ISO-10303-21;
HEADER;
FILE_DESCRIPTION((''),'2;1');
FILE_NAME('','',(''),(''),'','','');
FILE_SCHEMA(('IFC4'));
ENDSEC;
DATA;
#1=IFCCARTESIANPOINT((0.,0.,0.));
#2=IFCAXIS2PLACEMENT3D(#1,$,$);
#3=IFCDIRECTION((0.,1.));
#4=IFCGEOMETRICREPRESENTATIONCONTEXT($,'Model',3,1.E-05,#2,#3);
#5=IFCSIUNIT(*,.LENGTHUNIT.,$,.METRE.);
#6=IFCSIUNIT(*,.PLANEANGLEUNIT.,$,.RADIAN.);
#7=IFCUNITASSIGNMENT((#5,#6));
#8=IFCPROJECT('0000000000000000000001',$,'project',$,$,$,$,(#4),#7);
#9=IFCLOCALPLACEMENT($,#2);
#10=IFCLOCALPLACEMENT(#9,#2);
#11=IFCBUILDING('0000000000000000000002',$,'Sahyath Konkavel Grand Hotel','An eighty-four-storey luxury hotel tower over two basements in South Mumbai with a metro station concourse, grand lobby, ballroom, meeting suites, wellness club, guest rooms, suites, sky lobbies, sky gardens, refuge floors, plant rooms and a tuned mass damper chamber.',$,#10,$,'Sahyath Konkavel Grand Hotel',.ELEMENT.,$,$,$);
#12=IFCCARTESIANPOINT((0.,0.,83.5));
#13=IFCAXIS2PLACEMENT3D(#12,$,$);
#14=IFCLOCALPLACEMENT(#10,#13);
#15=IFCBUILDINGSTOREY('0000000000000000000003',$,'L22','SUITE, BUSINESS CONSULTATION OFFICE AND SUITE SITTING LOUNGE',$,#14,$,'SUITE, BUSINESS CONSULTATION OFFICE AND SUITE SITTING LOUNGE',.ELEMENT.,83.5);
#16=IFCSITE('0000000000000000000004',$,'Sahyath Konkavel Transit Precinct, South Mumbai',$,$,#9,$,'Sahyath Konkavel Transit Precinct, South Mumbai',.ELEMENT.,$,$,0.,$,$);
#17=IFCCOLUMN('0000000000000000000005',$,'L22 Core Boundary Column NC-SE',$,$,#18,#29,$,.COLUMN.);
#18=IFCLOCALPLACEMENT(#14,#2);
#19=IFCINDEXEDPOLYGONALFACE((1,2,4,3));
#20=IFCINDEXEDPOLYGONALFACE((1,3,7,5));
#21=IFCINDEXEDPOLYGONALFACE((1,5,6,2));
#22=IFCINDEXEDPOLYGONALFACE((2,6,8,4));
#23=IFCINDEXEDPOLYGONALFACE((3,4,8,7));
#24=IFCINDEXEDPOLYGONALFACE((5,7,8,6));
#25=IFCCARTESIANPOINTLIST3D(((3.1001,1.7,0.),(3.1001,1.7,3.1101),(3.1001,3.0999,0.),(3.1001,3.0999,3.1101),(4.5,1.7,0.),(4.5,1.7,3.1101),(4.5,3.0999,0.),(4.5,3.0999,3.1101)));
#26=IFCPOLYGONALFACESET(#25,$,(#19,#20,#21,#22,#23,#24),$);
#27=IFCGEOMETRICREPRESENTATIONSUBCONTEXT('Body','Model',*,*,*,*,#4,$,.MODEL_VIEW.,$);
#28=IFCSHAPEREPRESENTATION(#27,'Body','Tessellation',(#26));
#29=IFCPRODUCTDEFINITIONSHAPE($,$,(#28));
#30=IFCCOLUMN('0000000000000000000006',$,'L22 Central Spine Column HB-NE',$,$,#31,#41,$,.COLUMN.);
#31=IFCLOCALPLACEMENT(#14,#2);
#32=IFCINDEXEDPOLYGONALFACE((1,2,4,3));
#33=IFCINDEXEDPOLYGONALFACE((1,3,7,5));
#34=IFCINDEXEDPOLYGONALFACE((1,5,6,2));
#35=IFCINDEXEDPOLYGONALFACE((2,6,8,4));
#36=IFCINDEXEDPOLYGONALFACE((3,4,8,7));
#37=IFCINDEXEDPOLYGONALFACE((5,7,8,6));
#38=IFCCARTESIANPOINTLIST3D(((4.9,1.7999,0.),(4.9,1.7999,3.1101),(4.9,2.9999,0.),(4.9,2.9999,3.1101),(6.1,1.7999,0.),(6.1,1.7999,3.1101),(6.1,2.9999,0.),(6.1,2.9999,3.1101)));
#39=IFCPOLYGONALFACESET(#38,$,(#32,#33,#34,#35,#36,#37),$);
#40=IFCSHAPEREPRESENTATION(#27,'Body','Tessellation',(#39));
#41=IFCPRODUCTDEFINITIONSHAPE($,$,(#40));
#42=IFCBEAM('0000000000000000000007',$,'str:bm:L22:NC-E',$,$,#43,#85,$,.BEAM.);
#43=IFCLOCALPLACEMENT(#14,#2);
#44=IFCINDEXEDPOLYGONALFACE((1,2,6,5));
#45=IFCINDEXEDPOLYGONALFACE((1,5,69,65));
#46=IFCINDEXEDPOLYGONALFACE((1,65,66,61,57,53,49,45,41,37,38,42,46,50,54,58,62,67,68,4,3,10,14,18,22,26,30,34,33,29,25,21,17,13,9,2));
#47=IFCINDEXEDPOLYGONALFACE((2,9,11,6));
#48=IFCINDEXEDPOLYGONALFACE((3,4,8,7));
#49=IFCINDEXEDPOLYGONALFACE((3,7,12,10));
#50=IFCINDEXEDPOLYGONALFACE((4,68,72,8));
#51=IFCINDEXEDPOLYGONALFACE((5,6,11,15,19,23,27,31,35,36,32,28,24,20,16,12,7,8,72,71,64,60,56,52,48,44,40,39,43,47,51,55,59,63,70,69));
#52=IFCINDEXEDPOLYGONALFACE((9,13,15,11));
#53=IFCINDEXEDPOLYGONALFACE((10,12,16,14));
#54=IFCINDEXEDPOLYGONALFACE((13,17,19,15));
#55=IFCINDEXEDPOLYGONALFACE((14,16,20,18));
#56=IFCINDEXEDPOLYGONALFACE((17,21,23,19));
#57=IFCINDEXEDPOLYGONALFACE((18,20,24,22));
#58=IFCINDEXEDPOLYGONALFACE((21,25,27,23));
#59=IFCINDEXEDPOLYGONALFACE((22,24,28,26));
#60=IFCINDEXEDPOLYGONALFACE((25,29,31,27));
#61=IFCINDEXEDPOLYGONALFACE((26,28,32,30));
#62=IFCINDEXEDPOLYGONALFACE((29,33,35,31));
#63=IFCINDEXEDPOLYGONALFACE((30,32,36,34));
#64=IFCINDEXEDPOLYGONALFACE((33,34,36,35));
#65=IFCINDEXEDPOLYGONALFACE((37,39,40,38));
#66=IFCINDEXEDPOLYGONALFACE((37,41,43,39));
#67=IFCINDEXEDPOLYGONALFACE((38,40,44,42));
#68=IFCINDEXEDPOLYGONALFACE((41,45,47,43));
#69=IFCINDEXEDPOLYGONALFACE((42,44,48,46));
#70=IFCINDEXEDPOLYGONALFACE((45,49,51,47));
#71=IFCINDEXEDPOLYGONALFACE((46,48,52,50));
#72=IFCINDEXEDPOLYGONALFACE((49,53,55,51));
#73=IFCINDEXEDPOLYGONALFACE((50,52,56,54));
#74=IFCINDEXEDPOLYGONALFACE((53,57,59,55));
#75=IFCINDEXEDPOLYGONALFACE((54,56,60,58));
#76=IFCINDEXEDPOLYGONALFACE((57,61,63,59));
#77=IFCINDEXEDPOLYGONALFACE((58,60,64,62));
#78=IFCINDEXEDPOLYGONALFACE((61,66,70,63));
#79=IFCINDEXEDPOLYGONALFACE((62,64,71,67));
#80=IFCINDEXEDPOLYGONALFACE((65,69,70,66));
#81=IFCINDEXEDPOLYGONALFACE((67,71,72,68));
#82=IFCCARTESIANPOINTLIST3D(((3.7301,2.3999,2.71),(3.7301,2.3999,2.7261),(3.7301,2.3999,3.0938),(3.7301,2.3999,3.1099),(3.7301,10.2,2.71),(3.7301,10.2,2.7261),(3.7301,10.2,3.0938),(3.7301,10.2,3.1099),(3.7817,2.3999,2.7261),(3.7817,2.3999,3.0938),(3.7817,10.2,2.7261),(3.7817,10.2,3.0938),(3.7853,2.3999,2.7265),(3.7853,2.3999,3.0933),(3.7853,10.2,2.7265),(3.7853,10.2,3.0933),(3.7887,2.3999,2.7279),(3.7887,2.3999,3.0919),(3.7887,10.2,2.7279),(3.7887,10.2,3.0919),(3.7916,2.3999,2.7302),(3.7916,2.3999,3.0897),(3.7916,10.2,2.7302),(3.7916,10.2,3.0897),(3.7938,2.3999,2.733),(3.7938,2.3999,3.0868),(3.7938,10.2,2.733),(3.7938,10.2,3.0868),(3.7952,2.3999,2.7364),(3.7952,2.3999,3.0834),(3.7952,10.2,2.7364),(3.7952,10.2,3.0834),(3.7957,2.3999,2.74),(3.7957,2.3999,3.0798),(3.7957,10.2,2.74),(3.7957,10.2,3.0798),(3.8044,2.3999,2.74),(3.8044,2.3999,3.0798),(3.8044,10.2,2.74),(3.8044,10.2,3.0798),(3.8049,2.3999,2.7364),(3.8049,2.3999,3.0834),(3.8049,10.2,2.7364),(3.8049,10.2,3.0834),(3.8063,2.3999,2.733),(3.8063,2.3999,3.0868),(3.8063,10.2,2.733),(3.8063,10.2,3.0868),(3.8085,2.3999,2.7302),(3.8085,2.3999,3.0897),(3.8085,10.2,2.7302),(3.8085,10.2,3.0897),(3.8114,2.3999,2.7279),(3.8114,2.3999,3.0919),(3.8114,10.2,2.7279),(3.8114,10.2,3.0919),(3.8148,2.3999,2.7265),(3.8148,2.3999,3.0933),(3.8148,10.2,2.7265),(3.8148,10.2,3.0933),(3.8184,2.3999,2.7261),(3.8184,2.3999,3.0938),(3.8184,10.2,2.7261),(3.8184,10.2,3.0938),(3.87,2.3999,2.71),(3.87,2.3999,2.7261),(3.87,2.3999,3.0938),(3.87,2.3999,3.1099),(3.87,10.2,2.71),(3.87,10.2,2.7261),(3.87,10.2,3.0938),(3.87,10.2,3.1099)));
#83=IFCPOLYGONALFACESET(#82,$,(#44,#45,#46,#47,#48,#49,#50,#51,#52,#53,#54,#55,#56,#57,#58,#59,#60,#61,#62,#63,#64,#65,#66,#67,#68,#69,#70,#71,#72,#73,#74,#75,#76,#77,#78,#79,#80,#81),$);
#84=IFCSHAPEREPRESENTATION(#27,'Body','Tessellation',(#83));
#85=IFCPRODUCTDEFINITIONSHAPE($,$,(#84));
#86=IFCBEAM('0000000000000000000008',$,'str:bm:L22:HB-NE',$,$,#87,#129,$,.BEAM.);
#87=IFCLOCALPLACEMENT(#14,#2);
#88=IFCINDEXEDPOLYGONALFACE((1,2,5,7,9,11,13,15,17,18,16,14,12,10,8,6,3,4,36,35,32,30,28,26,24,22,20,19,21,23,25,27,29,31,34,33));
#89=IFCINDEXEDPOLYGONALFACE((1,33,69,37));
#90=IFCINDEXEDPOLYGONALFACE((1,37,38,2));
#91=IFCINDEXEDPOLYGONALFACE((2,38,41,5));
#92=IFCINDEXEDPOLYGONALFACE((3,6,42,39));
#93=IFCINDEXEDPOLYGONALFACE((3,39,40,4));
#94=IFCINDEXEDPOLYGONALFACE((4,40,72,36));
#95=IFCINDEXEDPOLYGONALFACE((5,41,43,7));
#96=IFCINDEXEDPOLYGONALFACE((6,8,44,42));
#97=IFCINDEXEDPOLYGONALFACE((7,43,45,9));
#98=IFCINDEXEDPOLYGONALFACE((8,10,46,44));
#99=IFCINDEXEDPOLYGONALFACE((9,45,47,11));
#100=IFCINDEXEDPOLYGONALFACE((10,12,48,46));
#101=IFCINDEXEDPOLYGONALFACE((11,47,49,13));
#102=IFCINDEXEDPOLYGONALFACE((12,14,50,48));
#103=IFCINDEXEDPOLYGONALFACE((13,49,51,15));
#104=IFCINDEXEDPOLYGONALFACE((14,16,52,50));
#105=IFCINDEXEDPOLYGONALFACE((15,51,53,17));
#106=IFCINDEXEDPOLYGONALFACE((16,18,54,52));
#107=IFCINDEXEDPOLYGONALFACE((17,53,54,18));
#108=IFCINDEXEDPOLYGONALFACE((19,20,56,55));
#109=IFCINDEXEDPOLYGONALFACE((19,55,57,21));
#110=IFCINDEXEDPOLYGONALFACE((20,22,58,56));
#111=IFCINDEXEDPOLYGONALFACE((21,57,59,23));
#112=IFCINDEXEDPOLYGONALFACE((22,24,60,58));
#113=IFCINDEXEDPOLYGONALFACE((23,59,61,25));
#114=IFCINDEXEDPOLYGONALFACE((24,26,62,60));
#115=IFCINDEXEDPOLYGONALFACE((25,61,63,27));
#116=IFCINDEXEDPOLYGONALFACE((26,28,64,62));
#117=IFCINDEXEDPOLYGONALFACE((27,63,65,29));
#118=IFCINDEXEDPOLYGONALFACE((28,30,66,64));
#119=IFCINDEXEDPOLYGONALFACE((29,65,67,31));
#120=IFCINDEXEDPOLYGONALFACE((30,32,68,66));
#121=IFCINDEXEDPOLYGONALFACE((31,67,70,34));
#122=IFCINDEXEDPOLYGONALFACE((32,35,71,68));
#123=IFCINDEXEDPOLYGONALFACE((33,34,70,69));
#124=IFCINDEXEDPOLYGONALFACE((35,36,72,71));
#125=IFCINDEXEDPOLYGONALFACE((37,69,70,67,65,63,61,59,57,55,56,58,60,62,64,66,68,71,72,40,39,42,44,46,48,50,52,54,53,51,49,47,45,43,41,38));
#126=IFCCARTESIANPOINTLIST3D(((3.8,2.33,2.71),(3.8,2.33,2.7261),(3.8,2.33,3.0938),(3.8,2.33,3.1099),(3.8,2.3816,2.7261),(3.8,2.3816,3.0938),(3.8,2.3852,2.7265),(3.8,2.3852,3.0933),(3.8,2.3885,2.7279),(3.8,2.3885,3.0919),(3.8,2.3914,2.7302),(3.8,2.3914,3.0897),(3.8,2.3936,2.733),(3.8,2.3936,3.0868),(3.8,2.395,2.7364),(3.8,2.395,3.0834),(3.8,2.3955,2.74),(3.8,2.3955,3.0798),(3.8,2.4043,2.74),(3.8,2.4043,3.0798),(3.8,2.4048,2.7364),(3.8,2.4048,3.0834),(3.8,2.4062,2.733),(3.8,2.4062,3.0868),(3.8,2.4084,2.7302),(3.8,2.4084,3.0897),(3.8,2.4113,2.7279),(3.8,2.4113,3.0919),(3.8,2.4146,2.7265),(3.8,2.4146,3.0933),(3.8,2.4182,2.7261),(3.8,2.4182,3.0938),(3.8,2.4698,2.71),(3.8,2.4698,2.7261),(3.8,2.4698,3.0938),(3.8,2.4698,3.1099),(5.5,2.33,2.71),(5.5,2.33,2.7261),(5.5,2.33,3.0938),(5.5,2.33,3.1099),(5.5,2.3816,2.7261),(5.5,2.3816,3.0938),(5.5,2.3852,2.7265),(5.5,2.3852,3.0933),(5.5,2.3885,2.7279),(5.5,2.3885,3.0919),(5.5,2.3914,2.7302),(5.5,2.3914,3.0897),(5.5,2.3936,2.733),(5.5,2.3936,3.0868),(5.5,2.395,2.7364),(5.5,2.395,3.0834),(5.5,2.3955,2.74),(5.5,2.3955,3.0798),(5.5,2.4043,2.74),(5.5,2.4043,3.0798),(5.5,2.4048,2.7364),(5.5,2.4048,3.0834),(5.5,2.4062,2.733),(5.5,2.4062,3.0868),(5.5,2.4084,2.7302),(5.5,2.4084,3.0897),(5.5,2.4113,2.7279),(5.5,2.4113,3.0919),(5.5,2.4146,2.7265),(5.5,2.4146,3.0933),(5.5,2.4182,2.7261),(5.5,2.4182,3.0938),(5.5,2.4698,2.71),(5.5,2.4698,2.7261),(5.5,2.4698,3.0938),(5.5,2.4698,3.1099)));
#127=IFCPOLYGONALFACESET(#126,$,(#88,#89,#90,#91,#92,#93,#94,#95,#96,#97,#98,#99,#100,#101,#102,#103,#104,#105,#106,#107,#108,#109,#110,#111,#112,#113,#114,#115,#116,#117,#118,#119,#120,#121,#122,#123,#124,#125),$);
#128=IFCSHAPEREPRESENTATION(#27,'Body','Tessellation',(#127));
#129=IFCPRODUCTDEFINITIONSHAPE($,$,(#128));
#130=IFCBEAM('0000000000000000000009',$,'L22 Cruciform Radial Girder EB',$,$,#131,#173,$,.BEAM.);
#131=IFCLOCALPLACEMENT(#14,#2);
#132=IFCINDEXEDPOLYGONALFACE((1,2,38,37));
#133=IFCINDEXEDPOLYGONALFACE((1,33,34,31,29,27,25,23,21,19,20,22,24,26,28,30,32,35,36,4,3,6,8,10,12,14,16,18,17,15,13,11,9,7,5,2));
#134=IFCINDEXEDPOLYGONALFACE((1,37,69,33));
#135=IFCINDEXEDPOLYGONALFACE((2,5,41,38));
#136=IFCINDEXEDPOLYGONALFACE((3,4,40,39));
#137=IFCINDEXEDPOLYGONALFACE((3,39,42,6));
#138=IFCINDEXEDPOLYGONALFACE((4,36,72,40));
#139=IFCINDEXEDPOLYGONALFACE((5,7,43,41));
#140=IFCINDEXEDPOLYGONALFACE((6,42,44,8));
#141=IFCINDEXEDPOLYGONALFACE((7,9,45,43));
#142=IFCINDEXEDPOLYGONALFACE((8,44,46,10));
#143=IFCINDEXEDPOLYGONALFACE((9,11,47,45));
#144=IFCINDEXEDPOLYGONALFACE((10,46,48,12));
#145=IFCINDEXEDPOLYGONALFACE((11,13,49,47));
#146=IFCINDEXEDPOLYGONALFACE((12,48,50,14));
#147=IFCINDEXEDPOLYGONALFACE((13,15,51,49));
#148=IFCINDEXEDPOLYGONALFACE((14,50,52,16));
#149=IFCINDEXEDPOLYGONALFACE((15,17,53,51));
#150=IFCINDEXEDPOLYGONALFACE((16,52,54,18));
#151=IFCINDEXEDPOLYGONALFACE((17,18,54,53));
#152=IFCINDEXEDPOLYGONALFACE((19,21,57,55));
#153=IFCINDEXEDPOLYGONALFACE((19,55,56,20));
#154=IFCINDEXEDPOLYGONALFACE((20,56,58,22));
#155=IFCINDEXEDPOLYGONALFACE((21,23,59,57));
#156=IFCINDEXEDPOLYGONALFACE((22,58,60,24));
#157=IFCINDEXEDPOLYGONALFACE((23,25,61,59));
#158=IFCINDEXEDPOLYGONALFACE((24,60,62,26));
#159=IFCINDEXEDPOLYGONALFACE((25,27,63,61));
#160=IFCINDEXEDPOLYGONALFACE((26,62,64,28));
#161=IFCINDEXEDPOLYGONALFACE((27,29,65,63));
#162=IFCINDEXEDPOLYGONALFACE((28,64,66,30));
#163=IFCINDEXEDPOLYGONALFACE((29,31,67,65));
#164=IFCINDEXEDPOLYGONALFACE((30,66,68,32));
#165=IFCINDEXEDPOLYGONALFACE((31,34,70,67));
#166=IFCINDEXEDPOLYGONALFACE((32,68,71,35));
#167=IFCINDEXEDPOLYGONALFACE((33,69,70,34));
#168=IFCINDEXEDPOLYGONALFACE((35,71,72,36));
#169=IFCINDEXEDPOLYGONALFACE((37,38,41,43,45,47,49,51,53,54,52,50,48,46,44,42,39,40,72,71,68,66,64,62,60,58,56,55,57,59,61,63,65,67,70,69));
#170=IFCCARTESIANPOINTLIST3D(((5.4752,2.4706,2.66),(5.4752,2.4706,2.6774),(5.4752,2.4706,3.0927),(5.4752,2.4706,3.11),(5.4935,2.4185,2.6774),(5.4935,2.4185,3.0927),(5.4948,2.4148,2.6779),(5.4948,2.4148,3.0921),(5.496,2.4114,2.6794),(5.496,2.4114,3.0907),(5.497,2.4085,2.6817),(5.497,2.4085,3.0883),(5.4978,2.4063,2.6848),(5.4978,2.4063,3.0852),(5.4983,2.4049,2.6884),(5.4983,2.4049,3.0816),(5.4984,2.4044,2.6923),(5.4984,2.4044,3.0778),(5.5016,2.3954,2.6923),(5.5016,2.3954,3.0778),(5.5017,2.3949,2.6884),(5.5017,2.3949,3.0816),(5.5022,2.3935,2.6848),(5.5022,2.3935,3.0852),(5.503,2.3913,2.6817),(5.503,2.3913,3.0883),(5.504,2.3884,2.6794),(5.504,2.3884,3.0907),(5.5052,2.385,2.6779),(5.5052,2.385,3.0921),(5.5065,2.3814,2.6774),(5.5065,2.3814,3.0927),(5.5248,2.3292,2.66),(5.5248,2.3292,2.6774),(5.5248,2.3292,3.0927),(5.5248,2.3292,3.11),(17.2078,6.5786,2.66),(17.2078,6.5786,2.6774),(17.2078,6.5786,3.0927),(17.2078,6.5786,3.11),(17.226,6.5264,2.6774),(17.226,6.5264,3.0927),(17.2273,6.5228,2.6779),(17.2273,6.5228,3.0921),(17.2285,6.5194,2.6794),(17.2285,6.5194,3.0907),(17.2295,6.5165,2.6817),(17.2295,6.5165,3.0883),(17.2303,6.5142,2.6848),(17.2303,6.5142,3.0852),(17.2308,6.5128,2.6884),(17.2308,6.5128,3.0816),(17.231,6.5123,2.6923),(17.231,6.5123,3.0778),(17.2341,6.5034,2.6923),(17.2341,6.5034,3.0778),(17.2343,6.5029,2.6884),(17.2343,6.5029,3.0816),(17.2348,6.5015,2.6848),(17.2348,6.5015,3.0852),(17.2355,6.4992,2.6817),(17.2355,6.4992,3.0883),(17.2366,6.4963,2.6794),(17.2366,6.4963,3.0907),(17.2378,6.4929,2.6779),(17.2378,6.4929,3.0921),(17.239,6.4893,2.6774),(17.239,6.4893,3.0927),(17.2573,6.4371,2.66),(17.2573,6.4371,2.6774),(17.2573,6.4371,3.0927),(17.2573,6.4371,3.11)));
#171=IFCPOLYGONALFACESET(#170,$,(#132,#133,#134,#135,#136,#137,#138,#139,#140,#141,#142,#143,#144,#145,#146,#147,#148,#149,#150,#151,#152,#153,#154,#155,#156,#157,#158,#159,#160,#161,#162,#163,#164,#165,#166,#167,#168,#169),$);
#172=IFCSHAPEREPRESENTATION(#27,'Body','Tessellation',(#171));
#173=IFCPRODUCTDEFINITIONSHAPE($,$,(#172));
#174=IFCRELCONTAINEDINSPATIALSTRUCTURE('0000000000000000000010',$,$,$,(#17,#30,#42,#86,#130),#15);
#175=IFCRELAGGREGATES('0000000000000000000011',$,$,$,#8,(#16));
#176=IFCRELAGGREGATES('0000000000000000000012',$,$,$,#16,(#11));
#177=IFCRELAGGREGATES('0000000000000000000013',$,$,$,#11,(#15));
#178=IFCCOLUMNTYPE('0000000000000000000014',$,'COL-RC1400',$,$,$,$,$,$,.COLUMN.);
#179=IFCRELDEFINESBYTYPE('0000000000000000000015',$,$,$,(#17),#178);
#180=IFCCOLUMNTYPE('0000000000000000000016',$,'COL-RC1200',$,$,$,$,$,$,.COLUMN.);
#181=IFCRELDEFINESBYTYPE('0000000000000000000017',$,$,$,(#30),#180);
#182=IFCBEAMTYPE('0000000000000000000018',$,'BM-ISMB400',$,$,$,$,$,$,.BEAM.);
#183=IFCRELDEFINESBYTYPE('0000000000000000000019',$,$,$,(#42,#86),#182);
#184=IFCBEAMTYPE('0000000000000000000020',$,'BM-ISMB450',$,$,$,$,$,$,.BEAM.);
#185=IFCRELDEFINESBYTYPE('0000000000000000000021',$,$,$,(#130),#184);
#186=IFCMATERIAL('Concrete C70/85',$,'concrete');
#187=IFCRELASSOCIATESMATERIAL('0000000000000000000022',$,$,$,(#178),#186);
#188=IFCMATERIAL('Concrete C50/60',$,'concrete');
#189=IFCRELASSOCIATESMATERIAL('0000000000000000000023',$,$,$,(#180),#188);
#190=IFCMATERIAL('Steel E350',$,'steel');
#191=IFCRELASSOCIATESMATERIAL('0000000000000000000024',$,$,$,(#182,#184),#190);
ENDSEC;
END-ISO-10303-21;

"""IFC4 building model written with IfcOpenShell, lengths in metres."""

from ifc_helpers import new_model, si_unit, direction, frame, origin, origin_2d, place, context, subcontext, project, spatial, rectangle, i_section, extrude, source, transform, mapped, material, material_profile, profile_set, type_object, element, save


model = new_model("IFC4")

# Units and contexts
model_context = context("Model", 3, precision=1e-05, world=origin(), true_north=direction((0.0, 1.0)))
body_context = subcontext(model_context, "Body", "Model", "MODEL_VIEW")
ifc_project = project(units=[si_unit("LENGTHUNIT", "METRE"), si_unit("PLANEANGLEUNIT", "RADIAN")], contexts=[model_context])

# Site, building, storey
site_placement = place(None, origin())
site = spatial("IfcSite", under=ifc_project, at=site_placement, Name="Sahyath Konkavel Transit Precinct, South Mumbai", LongName="Sahyath Konkavel Transit Precinct, South Mumbai", CompositionType="ELEMENT", RefElevation=0.0)
building_placement = place(site_placement, origin())
building = spatial("IfcBuilding", under=site, at=building_placement, Name="Sahyath Konkavel Grand Hotel", Description="An eighty-four-storey luxury hotel tower over two basements in South Mumbai with a metro station concourse, grand lobby, ballroom, meeting suites, wellness club, guest rooms, suites, sky lobbies, sky gardens, refuge floors, plant rooms and a tuned mass damper chamber.", LongName="Sahyath Konkavel Grand Hotel", CompositionType="ELEMENT")
storey_placement = place(building_placement, frame((0.0, 0.0, 83.5)))
storey = spatial("IfcBuildingStorey", under=building, at=storey_placement, Name="L22", Description="SUITE, BUSINESS CONSULTATION OFFICE AND SUITE SITTING LOUNGE", LongName="SUITE, BUSINESS CONSULTATION OFFICE AND SUITE SITTING LOUNGE", CompositionType="ELEMENT", Elevation=83.5)

# Columns
ifc_material_1 = material(Name="Concrete C70/85", Category="concrete")
ifc_material_profile_1 = material_profile(ifc_material_1, rectangle(XDim=1.3999, YDim=1.3999, at=origin_2d()), Name="RC 1400x1400")
ifc_profile_set_1 = profile_set([ifc_material_profile_1], Name="Concrete C70/85")
column_type_1 = type_object("IfcColumnType", Name="COL-RC1400", PredefinedType="COLUMN", material=ifc_profile_set_1)
shared_shape_1 = source(origin(), body_context, "Body", "SweptSolid", [
    extrude(rectangle(XDim=1.3999, YDim=1.3999, at=origin_2d()), origin(), (0.0, 0.0, 1.0), 3.1101),
])
column_1_placement = place(storey_placement, frame((3.8, 2.3999, 0.0), z_axis=(0.0, 0.0, 1.0), x_axis=(1.0, 0.0, 0.0)))
element("IfcColumn", 1, at=column_1_placement, inside=storey, type_object=column_type_1, Name="L22 Core Boundary Column NC-SE", PredefinedType="COLUMN", context=body_context, shape_type="MappedRepresentation", body=[
    mapped(shared_shape_1, transform((0.0, 0.0, 0.0), scale=1.0)),
])
ifc_material_2 = material(Name="Concrete C50/60", Category="concrete")
ifc_material_profile_2 = material_profile(ifc_material_2, rectangle(XDim=1.2, YDim=1.2, at=origin_2d()), Name="RC 1200x1200")
ifc_profile_set_2 = profile_set([ifc_material_profile_2], Name="Concrete C50/60")
column_type_2 = type_object("IfcColumnType", Name="COL-RC1200", PredefinedType="COLUMN", material=ifc_profile_set_2)
shared_shape_2 = source(origin(), body_context, "Body", "SweptSolid", [
    extrude(rectangle(XDim=1.2, YDim=1.2, at=origin_2d()), origin(), (0.0, 0.0, 1.0), 3.1101),
])
column_2_placement = place(storey_placement, frame((5.5, 2.3999, 0.0), z_axis=(0.0, 0.0, 1.0), x_axis=(1.0, 0.0, 0.0)))
element("IfcColumn", 2, at=column_2_placement, inside=storey, type_object=column_type_2, Name="L22 Central Spine Column HB-NE", PredefinedType="COLUMN", context=body_context, shape_type="MappedRepresentation", body=[
    mapped(shared_shape_2, transform((0.0, 0.0, 0.0), scale=1.0)),
])

# Beams
ifc_material_3 = material(Name="Steel E350", Category="steel")
ifc_material_profile_3 = material_profile(ifc_material_3, i_section(OverallWidth=0.1399, OverallDepth=0.3999, WebThickness=0.0088, FlangeThickness=0.0161, FilletRadius=0.0139, at=origin_2d()), Name="ISMB 400")
ifc_profile_set_3 = profile_set([ifc_material_profile_3], Name="Steel E350")
beam_type_1 = type_object("IfcBeamType", Name="BM-ISMB400", PredefinedType="BEAM", material=ifc_profile_set_3)
shared_shape_3 = source(origin(), body_context, "Body", "SweptSolid", [
    extrude(i_section(OverallWidth=0.1399, OverallDepth=0.3999, WebThickness=0.0088, FlangeThickness=0.0161, FilletRadius=0.0139, at=origin_2d()), origin(), (0.0, 0.0, 1.0), 7.8),
])
beam_1_placement = place(storey_placement, frame((3.8, 2.3999, 2.9099), z_axis=(0.0, 1.0, 0.0), x_axis=(-1.0, 0.0, 0.0)))
element("IfcBeam", 3, at=beam_1_placement, inside=storey, type_object=beam_type_1, Name="str:bm:L22:NC-E", PredefinedType="BEAM", context=body_context, shape_type="MappedRepresentation", body=[
    mapped(shared_shape_3, transform((0.0, 0.0, 0.0), scale=1.0)),
])
shared_shape_4 = source(origin(), body_context, "Body", "SweptSolid", [
    extrude(i_section(OverallWidth=0.1399, OverallDepth=0.3999, WebThickness=0.0088, FlangeThickness=0.0161, FilletRadius=0.0139, at=origin_2d()), origin(), (0.0, 0.0, 1.0), 1.7),
])
beam_2_placement = place(storey_placement, frame((3.8, 2.3999, 2.9099), z_axis=(1.0, 0.0, 0.0), x_axis=(0.0, 1.0, 0.0)))
element("IfcBeam", 4, at=beam_2_placement, inside=storey, type_object=beam_type_1, Name="str:bm:L22:HB-NE", PredefinedType="BEAM", context=body_context, shape_type="MappedRepresentation", body=[
    mapped(shared_shape_4, transform((0.0, 0.0, 0.0), scale=1.0)),
])
ifc_material_profile_4 = material_profile(ifc_material_3, i_section(OverallWidth=0.1499, OverallDepth=0.45, WebThickness=0.0095, FlangeThickness=0.0173, FilletRadius=0.0149, at=origin_2d()), Name="ISMB 450")
ifc_profile_set_4 = profile_set([ifc_material_profile_4], Name="Steel E350")
beam_type_2 = type_object("IfcBeamType", Name="BM-ISMB450", PredefinedType="BEAM", material=ifc_profile_set_4)
shared_shape_5 = source(origin(), body_context, "Body", "SweptSolid", [
    extrude(i_section(OverallWidth=0.1499, OverallDepth=0.45, WebThickness=0.0095, FlangeThickness=0.0173, FilletRadius=0.0149, at=origin_2d()), origin(), (0.0, 0.0, 1.0), 12.4309),
])
beam_3_placement = place(storey_placement, frame((5.5, 2.3999, 2.885), z_axis=(0.943819, 0.330462, 0.0), x_axis=(-0.330462, 0.943819, 0.0)))
element("IfcBeam", 5, at=beam_3_placement, inside=storey, type_object=beam_type_2, Name="L22 Cruciform Radial Girder EB", PredefinedType="BEAM", context=body_context, shape_type="MappedRepresentation", body=[
    mapped(shared_shape_5, transform((0.0, 0.0, 0.0), scale=1.0)),
])

save(model, "model.ifc")
